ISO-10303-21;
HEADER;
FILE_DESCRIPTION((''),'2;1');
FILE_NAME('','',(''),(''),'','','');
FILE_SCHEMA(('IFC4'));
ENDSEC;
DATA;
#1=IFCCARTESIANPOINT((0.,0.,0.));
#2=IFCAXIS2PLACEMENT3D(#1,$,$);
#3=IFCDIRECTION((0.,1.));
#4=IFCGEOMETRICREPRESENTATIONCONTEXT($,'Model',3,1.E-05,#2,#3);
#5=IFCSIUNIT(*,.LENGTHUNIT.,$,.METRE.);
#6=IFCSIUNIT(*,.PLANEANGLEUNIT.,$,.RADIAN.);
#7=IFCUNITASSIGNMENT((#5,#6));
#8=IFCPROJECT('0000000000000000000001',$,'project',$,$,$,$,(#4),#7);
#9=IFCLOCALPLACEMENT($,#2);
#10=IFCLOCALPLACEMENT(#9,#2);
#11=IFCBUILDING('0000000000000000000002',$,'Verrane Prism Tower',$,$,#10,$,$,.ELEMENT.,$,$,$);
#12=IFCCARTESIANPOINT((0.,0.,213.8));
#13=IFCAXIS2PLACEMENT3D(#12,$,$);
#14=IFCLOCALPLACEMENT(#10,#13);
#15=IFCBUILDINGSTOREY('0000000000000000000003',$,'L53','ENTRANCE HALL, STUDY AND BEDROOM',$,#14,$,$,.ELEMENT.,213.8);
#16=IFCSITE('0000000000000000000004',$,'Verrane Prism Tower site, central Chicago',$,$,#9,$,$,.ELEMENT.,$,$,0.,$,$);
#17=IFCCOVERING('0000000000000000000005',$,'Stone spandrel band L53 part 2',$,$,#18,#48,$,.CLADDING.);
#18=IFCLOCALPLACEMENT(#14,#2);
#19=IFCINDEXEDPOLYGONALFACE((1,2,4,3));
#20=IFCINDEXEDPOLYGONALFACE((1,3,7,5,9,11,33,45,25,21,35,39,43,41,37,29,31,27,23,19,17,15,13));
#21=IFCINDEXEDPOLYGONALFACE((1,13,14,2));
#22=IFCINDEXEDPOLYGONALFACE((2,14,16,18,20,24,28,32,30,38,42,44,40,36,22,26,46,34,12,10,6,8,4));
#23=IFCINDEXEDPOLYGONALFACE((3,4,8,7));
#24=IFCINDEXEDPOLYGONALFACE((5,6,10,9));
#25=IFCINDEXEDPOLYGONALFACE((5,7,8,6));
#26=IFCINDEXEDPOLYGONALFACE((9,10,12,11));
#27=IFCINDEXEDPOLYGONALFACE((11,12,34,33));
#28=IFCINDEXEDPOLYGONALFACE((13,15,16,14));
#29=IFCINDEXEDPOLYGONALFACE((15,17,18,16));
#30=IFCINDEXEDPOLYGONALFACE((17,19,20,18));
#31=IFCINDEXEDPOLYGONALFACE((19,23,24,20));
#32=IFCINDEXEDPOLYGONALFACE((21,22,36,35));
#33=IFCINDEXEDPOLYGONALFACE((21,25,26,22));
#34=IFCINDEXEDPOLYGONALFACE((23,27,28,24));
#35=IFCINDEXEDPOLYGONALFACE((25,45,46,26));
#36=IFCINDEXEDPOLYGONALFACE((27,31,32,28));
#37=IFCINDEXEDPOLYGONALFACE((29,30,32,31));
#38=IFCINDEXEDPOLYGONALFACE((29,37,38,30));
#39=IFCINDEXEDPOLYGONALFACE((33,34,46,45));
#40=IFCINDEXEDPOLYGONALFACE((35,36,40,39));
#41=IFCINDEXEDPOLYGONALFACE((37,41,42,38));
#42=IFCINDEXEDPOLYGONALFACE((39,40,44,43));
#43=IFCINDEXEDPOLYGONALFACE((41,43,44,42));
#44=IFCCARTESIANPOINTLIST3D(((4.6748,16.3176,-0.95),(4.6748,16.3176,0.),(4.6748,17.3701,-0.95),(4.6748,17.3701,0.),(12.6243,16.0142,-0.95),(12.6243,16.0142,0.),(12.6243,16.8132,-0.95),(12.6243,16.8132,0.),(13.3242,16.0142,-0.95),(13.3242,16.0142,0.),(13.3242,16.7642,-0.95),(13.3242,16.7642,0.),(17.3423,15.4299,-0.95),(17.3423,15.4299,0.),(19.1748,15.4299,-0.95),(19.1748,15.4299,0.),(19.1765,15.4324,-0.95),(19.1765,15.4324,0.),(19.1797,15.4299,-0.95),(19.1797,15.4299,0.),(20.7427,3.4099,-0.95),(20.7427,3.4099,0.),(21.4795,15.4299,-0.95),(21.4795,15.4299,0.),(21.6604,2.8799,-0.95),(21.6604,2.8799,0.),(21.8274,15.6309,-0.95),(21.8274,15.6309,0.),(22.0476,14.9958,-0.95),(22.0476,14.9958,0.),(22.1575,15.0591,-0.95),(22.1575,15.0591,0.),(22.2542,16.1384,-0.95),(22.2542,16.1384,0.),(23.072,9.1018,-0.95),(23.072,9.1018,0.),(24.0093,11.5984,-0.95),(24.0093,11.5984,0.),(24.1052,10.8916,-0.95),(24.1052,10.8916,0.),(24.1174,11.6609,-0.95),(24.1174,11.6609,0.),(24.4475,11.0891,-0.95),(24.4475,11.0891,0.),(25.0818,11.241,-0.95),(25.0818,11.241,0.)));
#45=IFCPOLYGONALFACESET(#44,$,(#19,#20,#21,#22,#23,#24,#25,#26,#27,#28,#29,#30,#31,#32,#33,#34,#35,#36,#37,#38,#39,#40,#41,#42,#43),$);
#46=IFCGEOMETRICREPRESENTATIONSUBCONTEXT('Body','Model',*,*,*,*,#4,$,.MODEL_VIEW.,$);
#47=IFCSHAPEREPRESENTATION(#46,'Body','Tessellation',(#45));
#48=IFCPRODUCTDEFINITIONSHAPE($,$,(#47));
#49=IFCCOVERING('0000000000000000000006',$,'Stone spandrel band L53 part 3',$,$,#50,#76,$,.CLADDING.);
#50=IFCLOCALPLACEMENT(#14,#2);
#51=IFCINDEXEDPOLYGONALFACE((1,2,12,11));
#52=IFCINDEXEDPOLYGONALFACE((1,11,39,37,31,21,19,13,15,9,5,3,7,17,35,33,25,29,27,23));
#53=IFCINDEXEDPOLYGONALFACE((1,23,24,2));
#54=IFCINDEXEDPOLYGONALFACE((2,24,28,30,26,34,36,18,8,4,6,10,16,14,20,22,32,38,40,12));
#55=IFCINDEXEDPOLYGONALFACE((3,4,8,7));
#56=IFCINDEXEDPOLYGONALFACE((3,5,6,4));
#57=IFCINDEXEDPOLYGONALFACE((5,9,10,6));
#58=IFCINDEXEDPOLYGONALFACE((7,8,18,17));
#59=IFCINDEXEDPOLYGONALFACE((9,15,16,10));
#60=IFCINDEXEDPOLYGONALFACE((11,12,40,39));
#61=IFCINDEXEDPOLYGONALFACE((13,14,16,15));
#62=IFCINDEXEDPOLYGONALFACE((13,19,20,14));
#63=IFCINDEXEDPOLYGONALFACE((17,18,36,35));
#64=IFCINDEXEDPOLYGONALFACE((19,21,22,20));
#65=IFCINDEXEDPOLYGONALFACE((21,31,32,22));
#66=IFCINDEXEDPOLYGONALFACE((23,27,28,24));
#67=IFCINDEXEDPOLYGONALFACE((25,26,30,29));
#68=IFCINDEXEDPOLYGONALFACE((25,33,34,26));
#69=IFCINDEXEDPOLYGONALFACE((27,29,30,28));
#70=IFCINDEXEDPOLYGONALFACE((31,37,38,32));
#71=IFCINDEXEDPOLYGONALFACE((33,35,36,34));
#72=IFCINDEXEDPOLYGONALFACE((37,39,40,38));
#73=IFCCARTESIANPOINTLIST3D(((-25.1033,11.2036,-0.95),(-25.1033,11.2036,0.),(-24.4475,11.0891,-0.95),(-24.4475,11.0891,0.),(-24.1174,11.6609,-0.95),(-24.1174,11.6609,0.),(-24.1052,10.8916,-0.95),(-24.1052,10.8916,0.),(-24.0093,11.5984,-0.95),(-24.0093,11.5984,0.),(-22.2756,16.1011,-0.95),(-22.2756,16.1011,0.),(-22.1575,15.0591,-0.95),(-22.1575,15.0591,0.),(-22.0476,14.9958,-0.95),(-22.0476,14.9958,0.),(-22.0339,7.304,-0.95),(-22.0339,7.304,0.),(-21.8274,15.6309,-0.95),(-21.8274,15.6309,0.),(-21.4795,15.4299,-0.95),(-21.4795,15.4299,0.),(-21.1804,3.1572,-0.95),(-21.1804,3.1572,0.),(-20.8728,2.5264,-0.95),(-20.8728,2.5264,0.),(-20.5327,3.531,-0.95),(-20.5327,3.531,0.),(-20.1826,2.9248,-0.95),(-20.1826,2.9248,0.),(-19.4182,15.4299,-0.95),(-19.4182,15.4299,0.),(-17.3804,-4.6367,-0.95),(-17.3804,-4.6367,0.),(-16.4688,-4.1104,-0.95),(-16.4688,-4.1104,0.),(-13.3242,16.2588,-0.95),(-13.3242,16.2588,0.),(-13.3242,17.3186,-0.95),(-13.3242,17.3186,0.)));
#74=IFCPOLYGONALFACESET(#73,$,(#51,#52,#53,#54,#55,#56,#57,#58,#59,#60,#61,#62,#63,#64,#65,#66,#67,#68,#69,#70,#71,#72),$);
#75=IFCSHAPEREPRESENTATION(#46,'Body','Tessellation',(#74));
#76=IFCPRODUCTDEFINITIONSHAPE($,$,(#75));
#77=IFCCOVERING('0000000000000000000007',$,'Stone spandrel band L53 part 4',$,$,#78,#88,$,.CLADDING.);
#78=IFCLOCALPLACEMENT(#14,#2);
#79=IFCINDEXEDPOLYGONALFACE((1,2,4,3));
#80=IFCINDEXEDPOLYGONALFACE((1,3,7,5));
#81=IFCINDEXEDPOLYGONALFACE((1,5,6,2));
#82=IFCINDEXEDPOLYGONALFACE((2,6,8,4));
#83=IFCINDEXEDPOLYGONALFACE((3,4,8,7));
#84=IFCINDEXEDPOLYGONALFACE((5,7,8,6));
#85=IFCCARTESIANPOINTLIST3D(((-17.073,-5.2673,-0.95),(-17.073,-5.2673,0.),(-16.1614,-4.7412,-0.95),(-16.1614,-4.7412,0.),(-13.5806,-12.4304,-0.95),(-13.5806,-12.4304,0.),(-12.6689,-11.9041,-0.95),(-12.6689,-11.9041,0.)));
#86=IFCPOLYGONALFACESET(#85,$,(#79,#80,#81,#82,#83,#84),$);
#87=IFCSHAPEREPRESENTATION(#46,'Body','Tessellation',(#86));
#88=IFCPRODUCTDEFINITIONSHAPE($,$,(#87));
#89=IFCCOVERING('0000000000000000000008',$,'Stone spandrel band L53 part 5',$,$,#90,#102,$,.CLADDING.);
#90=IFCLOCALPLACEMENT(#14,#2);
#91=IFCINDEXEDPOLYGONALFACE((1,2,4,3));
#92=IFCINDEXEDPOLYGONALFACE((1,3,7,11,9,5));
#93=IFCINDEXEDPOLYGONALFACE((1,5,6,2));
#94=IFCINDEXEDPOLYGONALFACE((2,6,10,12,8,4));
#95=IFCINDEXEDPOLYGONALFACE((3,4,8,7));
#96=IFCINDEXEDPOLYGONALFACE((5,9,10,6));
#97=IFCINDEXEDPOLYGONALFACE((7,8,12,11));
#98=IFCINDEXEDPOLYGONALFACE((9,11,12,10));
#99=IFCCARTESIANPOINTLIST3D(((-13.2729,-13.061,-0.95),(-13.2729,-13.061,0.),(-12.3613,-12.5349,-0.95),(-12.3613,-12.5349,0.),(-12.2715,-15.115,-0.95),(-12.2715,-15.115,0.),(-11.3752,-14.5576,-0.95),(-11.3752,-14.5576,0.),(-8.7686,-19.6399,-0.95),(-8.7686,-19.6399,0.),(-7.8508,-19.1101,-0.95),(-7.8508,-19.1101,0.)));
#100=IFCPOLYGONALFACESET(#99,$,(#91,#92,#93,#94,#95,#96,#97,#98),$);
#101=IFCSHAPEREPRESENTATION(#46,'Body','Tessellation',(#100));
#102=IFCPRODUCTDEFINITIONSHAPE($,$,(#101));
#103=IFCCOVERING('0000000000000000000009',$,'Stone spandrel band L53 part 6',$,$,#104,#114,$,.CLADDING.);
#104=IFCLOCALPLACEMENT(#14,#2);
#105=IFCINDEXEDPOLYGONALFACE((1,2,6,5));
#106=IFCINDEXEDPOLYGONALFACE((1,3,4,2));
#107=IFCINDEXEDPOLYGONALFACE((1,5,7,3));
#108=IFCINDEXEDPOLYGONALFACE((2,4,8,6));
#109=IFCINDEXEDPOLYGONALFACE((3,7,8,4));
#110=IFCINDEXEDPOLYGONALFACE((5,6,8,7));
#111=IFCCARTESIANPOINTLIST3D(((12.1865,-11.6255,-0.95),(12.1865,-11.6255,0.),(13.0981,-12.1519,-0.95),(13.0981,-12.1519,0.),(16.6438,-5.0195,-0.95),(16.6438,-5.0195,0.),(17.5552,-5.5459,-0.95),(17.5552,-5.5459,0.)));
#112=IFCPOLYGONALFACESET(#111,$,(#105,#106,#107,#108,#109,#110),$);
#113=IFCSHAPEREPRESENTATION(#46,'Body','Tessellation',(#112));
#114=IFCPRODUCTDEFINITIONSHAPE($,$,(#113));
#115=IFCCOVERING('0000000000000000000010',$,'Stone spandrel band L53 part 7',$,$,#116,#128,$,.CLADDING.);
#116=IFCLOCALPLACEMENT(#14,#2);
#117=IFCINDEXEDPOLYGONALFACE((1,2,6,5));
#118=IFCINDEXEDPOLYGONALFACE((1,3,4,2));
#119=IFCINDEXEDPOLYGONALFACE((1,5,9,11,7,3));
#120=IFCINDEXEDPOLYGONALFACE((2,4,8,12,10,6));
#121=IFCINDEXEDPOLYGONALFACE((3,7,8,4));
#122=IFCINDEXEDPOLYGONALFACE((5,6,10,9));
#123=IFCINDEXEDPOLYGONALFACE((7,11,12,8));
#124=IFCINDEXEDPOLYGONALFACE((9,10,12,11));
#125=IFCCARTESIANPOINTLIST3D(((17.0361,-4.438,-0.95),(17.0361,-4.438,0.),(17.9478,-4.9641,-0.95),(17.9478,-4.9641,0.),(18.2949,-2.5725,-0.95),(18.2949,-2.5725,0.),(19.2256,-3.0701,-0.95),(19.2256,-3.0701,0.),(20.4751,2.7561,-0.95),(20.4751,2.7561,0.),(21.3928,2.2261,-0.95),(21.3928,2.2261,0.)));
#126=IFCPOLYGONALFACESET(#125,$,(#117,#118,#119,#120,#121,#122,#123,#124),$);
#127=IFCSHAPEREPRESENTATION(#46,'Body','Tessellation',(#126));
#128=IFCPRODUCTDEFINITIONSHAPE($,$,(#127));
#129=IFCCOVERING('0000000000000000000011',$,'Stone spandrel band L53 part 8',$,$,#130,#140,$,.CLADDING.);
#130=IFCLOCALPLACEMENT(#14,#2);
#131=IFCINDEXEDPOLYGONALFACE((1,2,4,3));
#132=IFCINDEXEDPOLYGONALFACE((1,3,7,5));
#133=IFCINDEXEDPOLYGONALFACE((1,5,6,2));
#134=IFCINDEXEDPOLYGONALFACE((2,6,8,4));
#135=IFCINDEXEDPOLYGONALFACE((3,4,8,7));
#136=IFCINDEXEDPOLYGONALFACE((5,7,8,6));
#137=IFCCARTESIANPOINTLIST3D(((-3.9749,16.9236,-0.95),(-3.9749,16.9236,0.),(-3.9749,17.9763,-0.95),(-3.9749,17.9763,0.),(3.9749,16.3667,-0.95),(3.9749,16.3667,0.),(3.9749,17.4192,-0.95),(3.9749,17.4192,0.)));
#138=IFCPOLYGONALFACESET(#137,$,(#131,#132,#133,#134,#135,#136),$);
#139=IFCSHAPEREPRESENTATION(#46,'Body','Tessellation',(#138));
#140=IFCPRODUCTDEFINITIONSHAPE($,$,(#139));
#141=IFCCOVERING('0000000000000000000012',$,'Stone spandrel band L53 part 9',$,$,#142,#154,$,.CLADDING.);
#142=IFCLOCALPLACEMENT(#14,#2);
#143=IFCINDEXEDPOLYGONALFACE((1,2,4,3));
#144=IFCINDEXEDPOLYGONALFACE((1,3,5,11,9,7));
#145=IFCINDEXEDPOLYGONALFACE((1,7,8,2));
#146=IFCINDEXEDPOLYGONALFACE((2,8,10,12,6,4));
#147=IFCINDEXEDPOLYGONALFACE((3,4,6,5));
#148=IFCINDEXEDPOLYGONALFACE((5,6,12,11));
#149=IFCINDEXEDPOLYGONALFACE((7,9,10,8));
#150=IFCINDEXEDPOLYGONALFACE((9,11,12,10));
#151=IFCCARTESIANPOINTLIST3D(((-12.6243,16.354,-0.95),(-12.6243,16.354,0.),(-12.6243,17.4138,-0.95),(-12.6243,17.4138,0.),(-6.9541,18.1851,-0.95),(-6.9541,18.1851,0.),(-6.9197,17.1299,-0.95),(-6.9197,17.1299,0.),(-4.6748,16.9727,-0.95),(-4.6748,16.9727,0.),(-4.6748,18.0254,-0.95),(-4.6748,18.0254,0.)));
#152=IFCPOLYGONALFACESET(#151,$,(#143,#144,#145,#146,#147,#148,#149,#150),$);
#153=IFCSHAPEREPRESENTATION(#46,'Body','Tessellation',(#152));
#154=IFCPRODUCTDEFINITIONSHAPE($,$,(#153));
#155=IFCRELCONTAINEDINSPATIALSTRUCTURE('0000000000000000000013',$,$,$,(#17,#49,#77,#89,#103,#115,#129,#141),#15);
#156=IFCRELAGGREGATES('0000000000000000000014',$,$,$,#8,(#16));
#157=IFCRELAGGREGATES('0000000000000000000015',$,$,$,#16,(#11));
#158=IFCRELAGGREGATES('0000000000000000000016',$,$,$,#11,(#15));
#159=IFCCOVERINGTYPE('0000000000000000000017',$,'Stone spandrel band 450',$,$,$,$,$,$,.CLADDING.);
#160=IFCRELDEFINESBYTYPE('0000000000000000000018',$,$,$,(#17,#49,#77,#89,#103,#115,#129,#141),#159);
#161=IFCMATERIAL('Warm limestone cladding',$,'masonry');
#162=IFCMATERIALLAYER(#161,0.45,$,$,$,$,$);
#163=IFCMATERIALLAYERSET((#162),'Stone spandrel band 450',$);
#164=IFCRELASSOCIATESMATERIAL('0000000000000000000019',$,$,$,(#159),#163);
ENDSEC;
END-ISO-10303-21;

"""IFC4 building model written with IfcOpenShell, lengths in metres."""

from ifc_helpers import new_model, si_unit, direction, frame, origin, place, context, subcontext, project, spatial, polyline, outline, extrude, material, layer, layer_set, type_object, element, save


model = new_model("IFC4")

# Units and contexts
model_context = context("Model", 3, precision=1e-05, world=origin(), true_north=direction((0.0, 1.0)))
body_context = subcontext(model_context, "Body", "Model", "MODEL_VIEW")
ifc_project = project(units=[si_unit("LENGTHUNIT", "METRE"), si_unit("PLANEANGLEUNIT", "RADIAN")], contexts=[model_context])

# Site, building, storey
site_placement = place(None, origin())
site = spatial("IfcSite", under=ifc_project, at=site_placement, Name="Verrane Prism Tower site, central Chicago", CompositionType="ELEMENT", RefElevation=0.0)
building_placement = place(site_placement, origin())
building = spatial("IfcBuilding", under=site, at=building_placement, Name="Verrane Prism Tower", CompositionType="ELEMENT")
storey_placement = place(building_placement, frame((0.0, 0.0, 213.8)))
storey = spatial("IfcBuildingStorey", under=building, at=storey_placement, Name="L53", Description="ENTRANCE HALL, STUDY AND BEDROOM", CompositionType="ELEMENT", Elevation=213.8)

# Coverings
ifc_material_1 = material(Name="Warm limestone cladding", Category="masonry")
ifc_layer_1 = layer(ifc_material_1, 0.45)
ifc_layer_set_1 = layer_set([ifc_layer_1], Name="Stone spandrel band 450")
covering_type = type_object("IfcCoveringType", Name="Stone spandrel band 450", PredefinedType="CLADDING", material=ifc_layer_set_1)
covering_1_placement = place(storey_placement, frame((0.0, 0.0, -0.95)))
element("IfcCovering", 1, at=covering_1_placement, inside=storey, type_object=covering_type, Name="Stone spandrel band L53 part 2", PredefinedType="CLADDING", context=body_context, shape_type="SweptSolid", body=[
    extrude(outline(polyline([(4.6748, 17.3701), (4.6748, 16.3176), (17.3423, 15.4299), (19.1748, 15.4299), (19.1765, 15.4324), (19.1797, 15.4299), (21.4795, 15.4299), (21.8274, 15.6309), (22.1575, 15.0591), (22.0476, 14.9958), (24.0093, 11.5984), (24.1174, 11.6609), (24.4475, 11.0891), (24.1052, 10.8916), (23.072, 9.1018), (20.7427, 3.4099), (21.6604, 2.8799), (25.0818, 11.241), (22.2542, 16.1384), (13.3242, 16.7642), (13.3242, 16.0142), (12.6243, 16.0142), (12.6243, 16.8132), (4.6748, 17.3701)])), origin(), (0.0, 0.0, 1.0), 0.95),
])
covering_2_placement = place(storey_placement, frame((0.0, 0.0, -0.95)))
element("IfcCovering", 2, at=covering_2_placement, inside=storey, type_object=covering_type, Name="Stone spandrel band L53 part 3", PredefinedType="CLADDING", context=body_context, shape_type="SweptSolid", body=[
    extrude(outline(polyline([(-17.3804, -4.6367), (-16.4688, -4.1104), (-22.0339, 7.304), (-24.1052, 10.8916), (-24.4475, 11.0891), (-24.1174, 11.6609), (-24.0093, 11.5984), (-22.0476, 14.9958), (-22.1575, 15.0591), (-21.8274, 15.6309), (-21.4795, 15.4299), (-19.4182, 15.4299), (-13.3242, 16.2588), (-13.3242, 17.3186), (-22.2756, 16.1011), (-25.1033, 11.2036), (-21.1804, 3.1572), (-20.5327, 3.531), (-20.1826, 2.9248), (-20.8728, 2.5264), (-17.3804, -4.6367)])), origin(), (0.0, 0.0, 1.0), 0.95),
])
covering_3_placement = place(storey_placement, frame((0.0, 0.0, -0.95)))
element("IfcCovering", 3, at=covering_3_placement, inside=storey, type_object=covering_type, Name="Stone spandrel band L53 part 4", PredefinedType="CLADDING", context=body_context, shape_type="SweptSolid", body=[
    extrude(outline(polyline([(-12.6689, -11.9041), (-16.1614, -4.7412), (-17.073, -5.2673), (-13.5806, -12.4304), (-12.6689, -11.9041)])), origin(), (0.0, 0.0, 1.0), 0.95),
])
covering_4_placement = place(storey_placement, frame((0.0, 0.0, -0.95)))
element("IfcCovering", 4, at=covering_4_placement, inside=storey, type_object=covering_type, Name="Stone spandrel band L53 part 5", PredefinedType="CLADDING", context=body_context, shape_type="SweptSolid", body=[
    extrude(outline(polyline([(-7.8508, -19.1101), (-11.3752, -14.5576), (-12.3613, -12.5349), (-13.2729, -13.061), (-12.2715, -15.115), (-8.7686, -19.6399), (-7.8508, -19.1101)])), origin(), (0.0, 0.0, 1.0), 0.95),
])
covering_5_placement = place(storey_placement, frame((0.0, 0.0, -0.95)))
element("IfcCovering", 5, at=covering_5_placement, inside=storey, type_object=covering_type, Name="Stone spandrel band L53 part 6", PredefinedType="CLADDING", context=body_context, shape_type="SweptSolid", body=[
    extrude(outline(polyline([(17.5552, -5.5459), (16.6438, -5.0195), (12.1865, -11.6255), (13.0981, -12.1519), (17.5552, -5.5459)])), origin(), (0.0, 0.0, 1.0), 0.95),
])
covering_6_placement = place(storey_placement, frame((0.0, 0.0, -0.95)))
element("IfcCovering", 6, at=covering_6_placement, inside=storey, type_object=covering_type, Name="Stone spandrel band L53 part 7", PredefinedType="CLADDING", context=body_context, shape_type="SweptSolid", body=[
    extrude(outline(polyline([(21.3928, 2.2261), (20.4751, 2.7561), (18.2949, -2.5725), (17.0361, -4.438), (17.9478, -4.9641), (19.2256, -3.0701), (21.3928, 2.2261)])), origin(), (0.0, 0.0, 1.0), 0.95),
])
covering_7_placement = place(storey_placement, frame((0.0, 0.0, -0.95)))
element("IfcCovering", 7, at=covering_7_placement, inside=storey, type_object=covering_type, Name="Stone spandrel band L53 part 8", PredefinedType="CLADDING", context=body_context, shape_type="SweptSolid", body=[
    extrude(outline(polyline([(-3.9749, 16.9236), (3.9749, 16.3667), (3.9749, 17.4192), (-3.9749, 17.9763), (-3.9749, 16.9236)])), origin(), (0.0, 0.0, 1.0), 0.95),
])
covering_8_placement = place(storey_placement, frame((0.0, 0.0, -0.95)))
element("IfcCovering", 8, at=covering_8_placement, inside=storey, type_object=covering_type, Name="Stone spandrel band L53 part 9", PredefinedType="CLADDING", context=body_context, shape_type="SweptSolid", body=[
    extrude(outline(polyline([(-12.6243, 16.354), (-6.9197, 17.1299), (-4.6748, 16.9727), (-4.6748, 18.0254), (-6.9541, 18.1851), (-12.6243, 17.4138), (-12.6243, 16.354)])), origin(), (0.0, 0.0, 1.0), 0.95),
])

save(model, "model.ifc")
